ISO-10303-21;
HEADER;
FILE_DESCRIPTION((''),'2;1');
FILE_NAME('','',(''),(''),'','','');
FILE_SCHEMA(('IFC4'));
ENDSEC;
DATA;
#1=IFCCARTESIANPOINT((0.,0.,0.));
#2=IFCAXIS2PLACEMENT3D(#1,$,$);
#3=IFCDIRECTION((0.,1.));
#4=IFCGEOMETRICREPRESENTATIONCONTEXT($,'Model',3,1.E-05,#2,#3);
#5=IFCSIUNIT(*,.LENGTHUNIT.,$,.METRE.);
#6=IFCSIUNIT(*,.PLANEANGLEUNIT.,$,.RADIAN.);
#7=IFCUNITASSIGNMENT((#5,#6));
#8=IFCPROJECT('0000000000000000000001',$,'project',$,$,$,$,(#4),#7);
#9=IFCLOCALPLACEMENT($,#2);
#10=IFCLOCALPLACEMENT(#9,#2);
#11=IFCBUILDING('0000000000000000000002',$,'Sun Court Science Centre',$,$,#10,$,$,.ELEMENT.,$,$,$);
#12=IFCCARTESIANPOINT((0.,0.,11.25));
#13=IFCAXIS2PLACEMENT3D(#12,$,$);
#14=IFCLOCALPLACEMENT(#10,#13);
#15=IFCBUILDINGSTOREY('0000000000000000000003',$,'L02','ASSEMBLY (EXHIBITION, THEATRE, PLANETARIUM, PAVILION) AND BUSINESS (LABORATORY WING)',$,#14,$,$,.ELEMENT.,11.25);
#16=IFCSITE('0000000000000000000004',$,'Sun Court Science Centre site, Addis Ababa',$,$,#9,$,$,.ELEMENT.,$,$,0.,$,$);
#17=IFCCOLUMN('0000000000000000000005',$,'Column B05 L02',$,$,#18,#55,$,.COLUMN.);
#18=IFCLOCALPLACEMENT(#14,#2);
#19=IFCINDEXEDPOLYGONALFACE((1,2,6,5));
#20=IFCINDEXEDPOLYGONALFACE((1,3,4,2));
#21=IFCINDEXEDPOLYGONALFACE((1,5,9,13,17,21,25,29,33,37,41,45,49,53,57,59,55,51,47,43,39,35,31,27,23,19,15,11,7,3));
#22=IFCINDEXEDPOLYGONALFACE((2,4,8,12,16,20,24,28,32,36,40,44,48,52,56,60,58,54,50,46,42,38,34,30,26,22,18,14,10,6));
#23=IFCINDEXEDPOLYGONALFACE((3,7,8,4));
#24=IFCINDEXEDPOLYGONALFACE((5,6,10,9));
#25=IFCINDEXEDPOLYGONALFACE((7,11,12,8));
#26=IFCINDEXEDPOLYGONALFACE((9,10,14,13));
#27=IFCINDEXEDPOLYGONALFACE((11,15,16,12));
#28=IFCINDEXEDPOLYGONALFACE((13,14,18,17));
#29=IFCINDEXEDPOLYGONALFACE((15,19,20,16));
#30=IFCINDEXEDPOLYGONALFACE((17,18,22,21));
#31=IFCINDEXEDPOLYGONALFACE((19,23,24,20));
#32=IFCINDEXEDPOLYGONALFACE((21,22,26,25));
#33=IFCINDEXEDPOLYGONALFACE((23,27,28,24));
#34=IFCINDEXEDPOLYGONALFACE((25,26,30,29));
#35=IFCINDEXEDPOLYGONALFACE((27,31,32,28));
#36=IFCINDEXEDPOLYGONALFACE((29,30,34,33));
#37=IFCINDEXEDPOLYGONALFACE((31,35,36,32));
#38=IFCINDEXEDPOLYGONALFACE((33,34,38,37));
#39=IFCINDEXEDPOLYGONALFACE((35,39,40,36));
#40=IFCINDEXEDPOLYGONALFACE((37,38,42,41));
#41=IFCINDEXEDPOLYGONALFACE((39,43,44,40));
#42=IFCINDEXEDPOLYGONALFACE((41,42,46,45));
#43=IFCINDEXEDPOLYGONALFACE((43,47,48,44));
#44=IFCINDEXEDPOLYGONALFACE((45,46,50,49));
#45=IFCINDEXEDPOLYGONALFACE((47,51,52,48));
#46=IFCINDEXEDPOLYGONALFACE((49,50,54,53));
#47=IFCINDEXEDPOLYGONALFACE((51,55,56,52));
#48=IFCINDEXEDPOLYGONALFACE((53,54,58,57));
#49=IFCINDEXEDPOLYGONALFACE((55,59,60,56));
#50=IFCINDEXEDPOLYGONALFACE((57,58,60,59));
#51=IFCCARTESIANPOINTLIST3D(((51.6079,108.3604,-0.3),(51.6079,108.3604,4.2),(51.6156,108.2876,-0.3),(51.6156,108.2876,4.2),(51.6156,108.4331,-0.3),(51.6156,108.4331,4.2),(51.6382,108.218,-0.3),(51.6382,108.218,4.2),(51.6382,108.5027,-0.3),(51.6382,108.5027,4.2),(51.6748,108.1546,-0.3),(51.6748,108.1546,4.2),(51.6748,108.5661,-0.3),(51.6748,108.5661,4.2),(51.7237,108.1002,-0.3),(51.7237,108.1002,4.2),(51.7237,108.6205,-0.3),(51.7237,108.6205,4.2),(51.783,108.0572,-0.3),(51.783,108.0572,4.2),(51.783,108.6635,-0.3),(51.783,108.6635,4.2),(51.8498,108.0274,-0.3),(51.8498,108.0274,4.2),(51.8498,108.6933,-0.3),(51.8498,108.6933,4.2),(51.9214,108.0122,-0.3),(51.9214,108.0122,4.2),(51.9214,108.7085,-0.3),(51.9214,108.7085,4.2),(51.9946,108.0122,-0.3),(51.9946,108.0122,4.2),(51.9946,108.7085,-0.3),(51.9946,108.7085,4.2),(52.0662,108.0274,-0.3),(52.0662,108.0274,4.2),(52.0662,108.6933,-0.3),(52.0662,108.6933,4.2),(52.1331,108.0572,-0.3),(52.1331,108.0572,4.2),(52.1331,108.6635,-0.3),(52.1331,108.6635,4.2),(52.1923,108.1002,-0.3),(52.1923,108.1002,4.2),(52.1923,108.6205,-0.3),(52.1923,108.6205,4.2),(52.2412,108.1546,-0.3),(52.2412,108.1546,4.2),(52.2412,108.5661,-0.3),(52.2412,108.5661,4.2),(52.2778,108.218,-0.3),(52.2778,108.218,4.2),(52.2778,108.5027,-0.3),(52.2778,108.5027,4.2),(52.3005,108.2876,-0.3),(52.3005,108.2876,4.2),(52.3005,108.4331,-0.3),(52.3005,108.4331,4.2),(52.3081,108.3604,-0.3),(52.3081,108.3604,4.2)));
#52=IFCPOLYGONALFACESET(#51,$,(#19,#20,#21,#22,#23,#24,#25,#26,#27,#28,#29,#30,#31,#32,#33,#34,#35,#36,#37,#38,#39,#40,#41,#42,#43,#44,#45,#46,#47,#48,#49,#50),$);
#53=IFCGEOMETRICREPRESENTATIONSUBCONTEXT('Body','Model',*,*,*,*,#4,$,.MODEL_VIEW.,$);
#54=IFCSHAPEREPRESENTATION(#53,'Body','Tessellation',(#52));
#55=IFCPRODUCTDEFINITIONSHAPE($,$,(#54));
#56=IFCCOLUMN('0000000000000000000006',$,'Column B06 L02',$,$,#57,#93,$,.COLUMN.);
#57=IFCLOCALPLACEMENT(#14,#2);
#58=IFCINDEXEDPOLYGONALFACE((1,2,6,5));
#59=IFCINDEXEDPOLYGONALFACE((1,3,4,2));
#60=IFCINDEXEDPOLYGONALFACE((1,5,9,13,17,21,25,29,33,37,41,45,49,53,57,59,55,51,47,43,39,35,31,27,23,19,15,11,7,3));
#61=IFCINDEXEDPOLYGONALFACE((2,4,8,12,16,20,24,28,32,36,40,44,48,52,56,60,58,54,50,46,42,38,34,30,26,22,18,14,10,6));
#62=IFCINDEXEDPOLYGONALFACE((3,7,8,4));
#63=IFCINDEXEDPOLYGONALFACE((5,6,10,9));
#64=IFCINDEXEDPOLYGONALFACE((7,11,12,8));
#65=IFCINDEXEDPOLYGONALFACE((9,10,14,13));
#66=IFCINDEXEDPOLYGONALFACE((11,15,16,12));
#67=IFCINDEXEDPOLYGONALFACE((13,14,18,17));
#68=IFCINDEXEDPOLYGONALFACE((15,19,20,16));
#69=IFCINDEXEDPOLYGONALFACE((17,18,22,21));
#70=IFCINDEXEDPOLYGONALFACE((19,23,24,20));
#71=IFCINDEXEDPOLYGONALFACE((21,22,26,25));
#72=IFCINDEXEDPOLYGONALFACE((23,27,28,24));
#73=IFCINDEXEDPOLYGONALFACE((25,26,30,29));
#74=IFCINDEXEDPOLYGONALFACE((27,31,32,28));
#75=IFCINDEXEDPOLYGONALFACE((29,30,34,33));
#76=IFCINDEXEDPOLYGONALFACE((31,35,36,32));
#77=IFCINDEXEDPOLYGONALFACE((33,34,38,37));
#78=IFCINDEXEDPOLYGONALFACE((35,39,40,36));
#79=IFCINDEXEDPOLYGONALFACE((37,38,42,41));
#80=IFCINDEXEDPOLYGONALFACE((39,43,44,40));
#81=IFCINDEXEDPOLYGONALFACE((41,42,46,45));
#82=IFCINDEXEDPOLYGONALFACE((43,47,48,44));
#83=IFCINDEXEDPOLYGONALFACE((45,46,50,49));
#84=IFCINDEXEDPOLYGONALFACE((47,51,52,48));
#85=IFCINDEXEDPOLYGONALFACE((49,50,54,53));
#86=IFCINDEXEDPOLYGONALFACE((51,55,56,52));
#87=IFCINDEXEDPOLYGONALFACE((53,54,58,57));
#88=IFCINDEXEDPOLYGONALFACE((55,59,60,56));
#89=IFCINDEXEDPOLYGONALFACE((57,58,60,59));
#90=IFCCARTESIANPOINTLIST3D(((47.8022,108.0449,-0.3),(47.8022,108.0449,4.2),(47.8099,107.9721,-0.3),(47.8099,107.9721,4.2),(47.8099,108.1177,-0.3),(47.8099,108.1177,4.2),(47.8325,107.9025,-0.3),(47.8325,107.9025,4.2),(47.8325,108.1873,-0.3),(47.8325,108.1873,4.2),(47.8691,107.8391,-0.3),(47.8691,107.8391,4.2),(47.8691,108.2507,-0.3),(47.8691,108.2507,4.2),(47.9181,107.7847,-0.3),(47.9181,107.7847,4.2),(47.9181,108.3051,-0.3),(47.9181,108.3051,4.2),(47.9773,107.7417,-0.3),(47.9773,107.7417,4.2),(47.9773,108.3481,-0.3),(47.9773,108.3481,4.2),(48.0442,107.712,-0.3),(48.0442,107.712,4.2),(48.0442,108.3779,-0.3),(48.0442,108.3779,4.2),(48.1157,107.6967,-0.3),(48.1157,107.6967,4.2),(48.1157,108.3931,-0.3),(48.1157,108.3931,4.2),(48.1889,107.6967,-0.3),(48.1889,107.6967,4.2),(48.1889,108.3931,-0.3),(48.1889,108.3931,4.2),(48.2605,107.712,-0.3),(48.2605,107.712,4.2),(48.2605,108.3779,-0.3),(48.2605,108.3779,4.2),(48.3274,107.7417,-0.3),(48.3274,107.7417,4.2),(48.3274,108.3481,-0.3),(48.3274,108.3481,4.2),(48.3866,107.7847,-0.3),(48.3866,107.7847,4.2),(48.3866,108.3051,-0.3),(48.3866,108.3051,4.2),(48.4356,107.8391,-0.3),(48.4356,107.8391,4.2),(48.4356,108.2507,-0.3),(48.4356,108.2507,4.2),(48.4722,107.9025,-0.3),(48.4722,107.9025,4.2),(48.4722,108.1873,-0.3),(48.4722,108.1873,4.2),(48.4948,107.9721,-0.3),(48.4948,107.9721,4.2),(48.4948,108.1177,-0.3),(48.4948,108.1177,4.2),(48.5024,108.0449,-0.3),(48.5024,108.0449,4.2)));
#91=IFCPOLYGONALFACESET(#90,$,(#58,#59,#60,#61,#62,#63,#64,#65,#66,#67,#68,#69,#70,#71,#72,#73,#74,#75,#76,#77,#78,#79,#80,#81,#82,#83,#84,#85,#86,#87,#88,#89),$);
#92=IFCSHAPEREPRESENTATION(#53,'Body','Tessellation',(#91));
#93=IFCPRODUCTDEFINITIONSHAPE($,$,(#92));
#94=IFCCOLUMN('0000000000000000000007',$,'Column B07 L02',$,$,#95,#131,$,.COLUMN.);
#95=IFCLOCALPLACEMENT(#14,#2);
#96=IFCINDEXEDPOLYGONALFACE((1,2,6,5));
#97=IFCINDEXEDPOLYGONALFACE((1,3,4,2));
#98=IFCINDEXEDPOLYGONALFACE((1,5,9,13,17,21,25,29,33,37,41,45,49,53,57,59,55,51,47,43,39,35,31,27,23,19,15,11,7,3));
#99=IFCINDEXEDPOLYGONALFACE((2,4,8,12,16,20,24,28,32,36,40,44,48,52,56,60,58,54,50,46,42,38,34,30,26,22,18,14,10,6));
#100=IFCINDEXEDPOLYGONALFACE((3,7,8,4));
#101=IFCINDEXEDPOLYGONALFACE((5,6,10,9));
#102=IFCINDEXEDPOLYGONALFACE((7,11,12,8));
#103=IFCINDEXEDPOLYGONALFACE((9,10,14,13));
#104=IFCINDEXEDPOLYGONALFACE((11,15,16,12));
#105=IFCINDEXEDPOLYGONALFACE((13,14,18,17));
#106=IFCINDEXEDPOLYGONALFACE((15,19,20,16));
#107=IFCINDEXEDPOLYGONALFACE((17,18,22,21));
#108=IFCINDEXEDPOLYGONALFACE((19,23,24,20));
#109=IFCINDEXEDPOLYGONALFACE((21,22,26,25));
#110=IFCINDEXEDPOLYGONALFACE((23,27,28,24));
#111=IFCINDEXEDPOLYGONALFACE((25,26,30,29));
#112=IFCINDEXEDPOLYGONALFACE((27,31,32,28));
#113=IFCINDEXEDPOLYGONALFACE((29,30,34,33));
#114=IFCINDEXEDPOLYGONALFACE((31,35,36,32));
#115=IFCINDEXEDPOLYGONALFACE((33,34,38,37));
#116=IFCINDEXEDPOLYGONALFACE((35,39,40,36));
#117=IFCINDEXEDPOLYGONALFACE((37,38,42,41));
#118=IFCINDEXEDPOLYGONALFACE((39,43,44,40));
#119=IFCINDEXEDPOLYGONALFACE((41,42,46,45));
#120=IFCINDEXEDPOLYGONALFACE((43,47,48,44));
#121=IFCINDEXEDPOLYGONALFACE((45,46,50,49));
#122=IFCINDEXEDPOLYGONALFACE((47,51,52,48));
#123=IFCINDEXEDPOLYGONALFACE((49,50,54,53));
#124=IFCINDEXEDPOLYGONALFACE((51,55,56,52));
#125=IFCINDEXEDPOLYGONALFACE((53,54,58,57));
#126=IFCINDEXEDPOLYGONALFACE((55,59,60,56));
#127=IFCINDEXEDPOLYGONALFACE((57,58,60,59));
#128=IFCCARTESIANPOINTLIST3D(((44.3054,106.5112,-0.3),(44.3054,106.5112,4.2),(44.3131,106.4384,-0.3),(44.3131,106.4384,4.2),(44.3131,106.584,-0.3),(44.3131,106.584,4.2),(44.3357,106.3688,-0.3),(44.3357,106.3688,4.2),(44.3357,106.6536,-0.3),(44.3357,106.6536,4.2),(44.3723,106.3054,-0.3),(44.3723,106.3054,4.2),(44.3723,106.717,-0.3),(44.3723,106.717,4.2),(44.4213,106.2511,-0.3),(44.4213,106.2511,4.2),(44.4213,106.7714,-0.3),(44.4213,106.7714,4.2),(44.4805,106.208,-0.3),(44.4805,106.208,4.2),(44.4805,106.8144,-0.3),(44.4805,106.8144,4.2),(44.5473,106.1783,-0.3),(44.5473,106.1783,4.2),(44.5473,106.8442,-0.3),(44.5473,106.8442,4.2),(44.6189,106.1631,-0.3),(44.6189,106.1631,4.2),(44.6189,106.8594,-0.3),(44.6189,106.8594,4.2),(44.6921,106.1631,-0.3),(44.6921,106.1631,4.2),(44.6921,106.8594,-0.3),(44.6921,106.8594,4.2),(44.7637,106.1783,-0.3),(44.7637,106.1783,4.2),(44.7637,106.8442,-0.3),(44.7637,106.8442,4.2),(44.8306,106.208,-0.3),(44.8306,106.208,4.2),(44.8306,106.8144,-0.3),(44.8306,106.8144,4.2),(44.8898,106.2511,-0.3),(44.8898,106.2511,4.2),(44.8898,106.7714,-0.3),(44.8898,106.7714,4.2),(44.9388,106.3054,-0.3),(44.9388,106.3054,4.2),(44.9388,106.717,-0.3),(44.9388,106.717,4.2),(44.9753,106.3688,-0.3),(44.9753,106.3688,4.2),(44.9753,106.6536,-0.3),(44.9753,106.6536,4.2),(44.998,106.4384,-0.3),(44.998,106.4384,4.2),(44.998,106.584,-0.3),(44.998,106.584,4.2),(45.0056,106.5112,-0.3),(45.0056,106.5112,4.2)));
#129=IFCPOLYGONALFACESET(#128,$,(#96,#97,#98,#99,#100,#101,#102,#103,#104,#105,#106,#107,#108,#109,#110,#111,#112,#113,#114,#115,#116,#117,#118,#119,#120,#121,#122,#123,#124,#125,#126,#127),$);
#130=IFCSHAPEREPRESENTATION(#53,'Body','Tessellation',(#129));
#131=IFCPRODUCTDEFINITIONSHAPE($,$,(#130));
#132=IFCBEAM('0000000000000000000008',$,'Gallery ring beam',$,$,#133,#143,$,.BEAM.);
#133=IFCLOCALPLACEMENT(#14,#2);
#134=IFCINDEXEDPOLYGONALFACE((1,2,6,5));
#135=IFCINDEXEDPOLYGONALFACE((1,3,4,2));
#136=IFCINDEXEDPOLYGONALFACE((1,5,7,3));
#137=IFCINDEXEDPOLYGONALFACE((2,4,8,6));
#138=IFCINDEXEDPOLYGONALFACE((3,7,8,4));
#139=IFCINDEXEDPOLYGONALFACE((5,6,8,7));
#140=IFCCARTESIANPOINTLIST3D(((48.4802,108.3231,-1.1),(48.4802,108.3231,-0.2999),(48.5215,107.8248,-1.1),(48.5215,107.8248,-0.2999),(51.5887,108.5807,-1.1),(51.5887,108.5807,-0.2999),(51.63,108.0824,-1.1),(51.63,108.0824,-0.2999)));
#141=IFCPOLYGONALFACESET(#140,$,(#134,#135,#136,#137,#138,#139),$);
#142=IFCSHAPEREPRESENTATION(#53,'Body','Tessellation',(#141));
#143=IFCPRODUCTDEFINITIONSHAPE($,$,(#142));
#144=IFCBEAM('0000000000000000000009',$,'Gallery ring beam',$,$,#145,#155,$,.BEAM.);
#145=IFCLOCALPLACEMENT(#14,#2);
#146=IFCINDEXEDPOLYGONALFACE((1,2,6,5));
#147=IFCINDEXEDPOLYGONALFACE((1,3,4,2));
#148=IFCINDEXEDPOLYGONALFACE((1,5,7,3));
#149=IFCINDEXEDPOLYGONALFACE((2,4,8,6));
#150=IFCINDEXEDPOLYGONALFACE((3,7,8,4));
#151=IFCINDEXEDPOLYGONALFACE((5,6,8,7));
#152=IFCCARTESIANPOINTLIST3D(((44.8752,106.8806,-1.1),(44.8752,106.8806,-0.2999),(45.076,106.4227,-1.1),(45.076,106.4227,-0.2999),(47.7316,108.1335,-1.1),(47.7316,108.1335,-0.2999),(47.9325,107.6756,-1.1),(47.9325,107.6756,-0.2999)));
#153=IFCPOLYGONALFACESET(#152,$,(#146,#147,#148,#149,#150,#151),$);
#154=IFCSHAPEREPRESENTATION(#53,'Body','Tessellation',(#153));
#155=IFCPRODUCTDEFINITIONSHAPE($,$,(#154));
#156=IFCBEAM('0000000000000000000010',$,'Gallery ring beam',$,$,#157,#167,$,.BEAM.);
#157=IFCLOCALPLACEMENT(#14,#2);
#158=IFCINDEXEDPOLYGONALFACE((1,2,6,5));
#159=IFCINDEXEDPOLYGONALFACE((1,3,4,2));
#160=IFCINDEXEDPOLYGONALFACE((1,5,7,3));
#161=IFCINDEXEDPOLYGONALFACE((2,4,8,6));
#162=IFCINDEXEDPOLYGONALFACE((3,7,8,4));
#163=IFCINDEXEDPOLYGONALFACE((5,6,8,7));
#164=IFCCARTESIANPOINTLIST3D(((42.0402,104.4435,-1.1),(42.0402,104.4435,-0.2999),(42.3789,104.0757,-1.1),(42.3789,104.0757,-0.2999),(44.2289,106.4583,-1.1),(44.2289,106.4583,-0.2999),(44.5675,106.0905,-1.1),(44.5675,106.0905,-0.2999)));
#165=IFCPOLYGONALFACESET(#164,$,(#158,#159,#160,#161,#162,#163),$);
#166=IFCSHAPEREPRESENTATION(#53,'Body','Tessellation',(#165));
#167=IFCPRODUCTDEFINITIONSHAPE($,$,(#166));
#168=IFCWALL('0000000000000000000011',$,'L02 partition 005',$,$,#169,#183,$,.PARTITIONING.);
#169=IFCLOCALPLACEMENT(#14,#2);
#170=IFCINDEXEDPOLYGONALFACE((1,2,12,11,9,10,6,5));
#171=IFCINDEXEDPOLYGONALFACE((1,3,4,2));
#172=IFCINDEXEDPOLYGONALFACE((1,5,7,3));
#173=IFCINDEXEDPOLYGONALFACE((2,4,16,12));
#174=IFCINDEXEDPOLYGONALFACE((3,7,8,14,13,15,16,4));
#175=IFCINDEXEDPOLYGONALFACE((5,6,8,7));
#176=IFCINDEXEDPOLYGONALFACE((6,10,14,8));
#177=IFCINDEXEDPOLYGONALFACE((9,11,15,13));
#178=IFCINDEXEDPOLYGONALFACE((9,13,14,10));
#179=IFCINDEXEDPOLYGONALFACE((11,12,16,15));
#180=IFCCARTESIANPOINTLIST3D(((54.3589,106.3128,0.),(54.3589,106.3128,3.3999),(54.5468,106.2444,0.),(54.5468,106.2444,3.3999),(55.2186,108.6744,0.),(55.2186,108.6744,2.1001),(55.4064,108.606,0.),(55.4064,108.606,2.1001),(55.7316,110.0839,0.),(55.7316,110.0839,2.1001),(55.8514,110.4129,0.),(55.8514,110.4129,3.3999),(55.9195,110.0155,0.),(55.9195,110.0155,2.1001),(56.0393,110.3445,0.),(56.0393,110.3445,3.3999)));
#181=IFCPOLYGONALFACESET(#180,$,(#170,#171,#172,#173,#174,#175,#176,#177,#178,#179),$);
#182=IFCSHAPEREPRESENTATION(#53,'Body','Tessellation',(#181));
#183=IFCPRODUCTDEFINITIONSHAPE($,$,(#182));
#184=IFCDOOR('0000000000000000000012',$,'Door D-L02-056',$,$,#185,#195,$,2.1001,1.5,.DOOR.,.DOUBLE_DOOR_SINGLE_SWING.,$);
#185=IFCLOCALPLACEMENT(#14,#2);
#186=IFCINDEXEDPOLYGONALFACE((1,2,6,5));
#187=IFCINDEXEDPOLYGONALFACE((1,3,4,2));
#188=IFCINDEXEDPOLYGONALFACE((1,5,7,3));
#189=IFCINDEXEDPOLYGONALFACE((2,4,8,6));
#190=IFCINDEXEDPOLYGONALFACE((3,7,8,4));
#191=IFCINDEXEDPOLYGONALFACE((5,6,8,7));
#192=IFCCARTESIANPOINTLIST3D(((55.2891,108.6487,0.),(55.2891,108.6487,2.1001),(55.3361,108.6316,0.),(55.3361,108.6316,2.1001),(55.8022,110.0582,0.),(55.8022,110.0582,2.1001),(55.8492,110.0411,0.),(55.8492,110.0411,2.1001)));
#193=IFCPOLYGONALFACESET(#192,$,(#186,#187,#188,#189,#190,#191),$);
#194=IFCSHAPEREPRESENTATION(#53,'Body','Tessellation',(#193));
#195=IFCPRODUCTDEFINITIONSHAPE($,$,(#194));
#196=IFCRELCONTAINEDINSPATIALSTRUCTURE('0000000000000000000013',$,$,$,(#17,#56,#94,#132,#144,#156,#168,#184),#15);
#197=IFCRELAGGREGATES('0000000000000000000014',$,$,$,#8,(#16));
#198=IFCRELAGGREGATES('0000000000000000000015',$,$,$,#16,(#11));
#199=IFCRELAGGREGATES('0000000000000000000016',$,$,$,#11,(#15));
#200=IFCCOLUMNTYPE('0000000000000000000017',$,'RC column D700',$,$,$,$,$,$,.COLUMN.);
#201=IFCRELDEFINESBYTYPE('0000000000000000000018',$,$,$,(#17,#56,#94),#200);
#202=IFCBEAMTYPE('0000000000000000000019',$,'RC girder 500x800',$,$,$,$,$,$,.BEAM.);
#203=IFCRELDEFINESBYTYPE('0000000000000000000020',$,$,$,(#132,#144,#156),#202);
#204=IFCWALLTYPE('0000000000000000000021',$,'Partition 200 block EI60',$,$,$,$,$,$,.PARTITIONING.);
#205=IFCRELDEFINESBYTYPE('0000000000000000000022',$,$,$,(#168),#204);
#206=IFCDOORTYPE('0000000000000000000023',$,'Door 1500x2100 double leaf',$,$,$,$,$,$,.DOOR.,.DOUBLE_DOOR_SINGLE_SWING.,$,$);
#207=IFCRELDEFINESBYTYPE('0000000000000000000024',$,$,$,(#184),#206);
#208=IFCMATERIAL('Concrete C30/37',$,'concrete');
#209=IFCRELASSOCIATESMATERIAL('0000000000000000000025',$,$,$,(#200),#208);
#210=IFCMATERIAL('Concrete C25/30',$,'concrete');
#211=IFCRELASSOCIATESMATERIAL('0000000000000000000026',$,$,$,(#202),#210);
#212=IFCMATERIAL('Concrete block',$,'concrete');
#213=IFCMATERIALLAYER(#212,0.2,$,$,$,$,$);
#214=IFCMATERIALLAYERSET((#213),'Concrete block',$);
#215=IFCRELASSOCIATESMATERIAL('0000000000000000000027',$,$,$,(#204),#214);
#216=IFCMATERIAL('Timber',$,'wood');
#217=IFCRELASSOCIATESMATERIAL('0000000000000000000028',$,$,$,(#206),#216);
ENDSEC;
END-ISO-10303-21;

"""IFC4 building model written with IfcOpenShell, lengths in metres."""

from ifc_helpers import new_model, si_unit, direction, frame, frame_2d, origin, origin_2d, place, context, subcontext, project, spatial, rectangle, circle, extrude, material, layer, layer_set, material_profile, profile_set, type_object, element, fill, save


model = new_model("IFC4")

# Units and contexts
model_context = context("Model", 3, precision=1e-05, world=origin(), true_north=direction((0.0, 1.0)))
body_context = subcontext(model_context, "Body", "Model", "MODEL_VIEW")
ifc_project = project(units=[si_unit("LENGTHUNIT", "METRE"), si_unit("PLANEANGLEUNIT", "RADIAN")], contexts=[model_context])

# Site, building, storey
site_placement = place(None, origin())
site = spatial("IfcSite", under=ifc_project, at=site_placement, Name="Sun Court Science Centre site, Addis Ababa", CompositionType="ELEMENT", RefElevation=0.0)
building_placement = place(site_placement, origin())
building = spatial("IfcBuilding", under=site, at=building_placement, Name="Sun Court Science Centre", CompositionType="ELEMENT")
storey_placement = place(building_placement, frame((0.0, 0.0, 11.25)))
storey = spatial("IfcBuildingStorey", under=building, at=storey_placement, Name="L02", Description="ASSEMBLY (EXHIBITION, THEATRE, PLANETARIUM, PAVILION) AND BUSINESS (LABORATORY WING)", CompositionType="ELEMENT", Elevation=11.25)

# Columns
ifc_material_1 = material(Name="Concrete C30/37", Category="concrete")
ifc_material_profile_1 = material_profile(ifc_material_1, circle(Radius=0.3501, at=origin_2d()), Name="RC D700")
ifc_profile_set_1 = profile_set([ifc_material_profile_1], Name="Concrete C30/37")
column_type = type_object("IfcColumnType", Name="RC column D700", PredefinedType="COLUMN", material=ifc_profile_set_1)
for number, where, z_axis, x_axis, name in (
    (1, (51.958, 108.3604, -0.3), (0.0, 0.0, 1.0), (1.0, 0.0, 0.0), "Column B05 L02"),
    (2, (48.1523, 108.0449, -0.3), (0.0, 0.0, 1.0), (1.0, 0.0, 0.0), "Column B06 L02"),
    (3, (44.6555, 106.5112, -0.3), (0.0, 0.0, 1.0), (1.0, 0.0, 0.0), "Column B07 L02"),
):
    element("IfcColumn", number, at=place(storey_placement, frame(where, z_axis=z_axis, x_axis=x_axis)), inside=storey, type_object=column_type, Name=name, PredefinedType="COLUMN", context=body_context, shape_type="SweptSolid", body=[
        extrude(circle(Radius=0.3501, at=origin_2d()), origin(), (0.0, 0.0, 1.0), 4.5),
    ])

# Beams
ifc_material_2 = material(Name="Concrete C25/30", Category="concrete")
ifc_material_profile_2 = material_profile(ifc_material_2, rectangle(XDim=0.5, YDim=0.8, at=origin_2d()), Name="RC 500x800")
ifc_profile_set_2 = profile_set([ifc_material_profile_2], Name="Concrete C25/30")
beam_type = type_object("IfcBeamType", Name="RC girder 500x800", PredefinedType="BEAM", material=ifc_profile_set_2)
for number, where, z_axis, x_axis, name in (
    (4, (51.6094, 108.3315, -0.7), (-0.996585, -0.082579, 0.0), (0.082579, -0.996585, 0.0), "Gallery ring beam"),
    (5, (47.832, 107.9045, -0.7), (-0.915776, -0.401689, 0.0), (0.401689, -0.915776, 0.0), "Gallery ring beam"),
):
    element("IfcBeam", number, at=place(storey_placement, frame(where, z_axis=z_axis, x_axis=x_axis)), inside=storey, type_object=beam_type, Name=name, PredefinedType="BEAM", context=body_context, shape_type="SweptSolid", body=[
        extrude(rectangle(XDim=0.5, YDim=0.8, at=origin_2d()), origin(), (0.0, 0.0, 1.0), 3.1191),
    ])
beam_placement = place(storey_placement, frame((44.3982, 106.2744, -0.7), z_axis=(-0.735718, -0.677288, 0.0), x_axis=(0.677288, -0.735718, 0.0)))
element("IfcBeam", 6, at=beam_placement, inside=storey, type_object=beam_type, Name="Gallery ring beam", PredefinedType="BEAM", context=body_context, shape_type="SweptSolid", body=[
    extrude(rectangle(XDim=0.5, YDim=0.8, at=origin_2d()), origin(), (0.0, 0.0, 1.0), 2.9749),
])

# Wall, opening, door
ifc_material_3 = material(Name="Concrete block", Category="concrete")
ifc_layer_1 = layer(ifc_material_3, 0.2)
ifc_layer_set_1 = layer_set([ifc_layer_1], Name="Concrete block")
wall_type_1 = type_object("IfcWallType", Name="Partition 200 block EI60", PredefinedType="PARTITIONING", material=ifc_layer_set_1)
wall_1_placement = place(storey_placement, frame((54.4529, 106.2786, 0.0), z_axis=(0.0, 0.0, 1.0), x_axis=(0.342044, 0.939684, 0.0)))
wall_1 = element("IfcWall", 7, at=wall_1_placement, inside=storey, type_object=wall_type_1, Name="L02 partition 005", PredefinedType="PARTITIONING", context=body_context, shape_type="SweptSolid", body=[
    extrude(rectangle(XDim=4.3633, YDim=0.2, at=frame_2d((2.1816, 0.0))), origin(), (0.0, 0.0, 1.0), 3.3999),
])
opening_1_placement = place(wall_1_placement, frame((2.5132, 0.0, 0.0)))
opening_1 = element("IfcOpeningElement", 8, at=opening_1_placement, cuts=wall_1, PredefinedType="OPENING", context=body_context, shape_type="SweptSolid", body=[
    extrude(rectangle(XDim=1.5, YDim=2.1001, at=frame_2d((0.75, 1.05))), frame((0.0, 0.1099, 0.0), z_axis=(0.0, -1.0, 0.0), x_axis=(1.0, 0.0, 0.0)), (0.0, 0.0, 1.0), 0.22),
])
ifc_material_4 = material(Name="Timber", Category="wood")
door_type_1 = type_object("IfcDoorType", Name="Door 1500x2100 double leaf", OperationType="DOUBLE_DOOR_SINGLE_SWING", PredefinedType="DOOR", material=ifc_material_4)
door_1_placement = place(opening_1_placement, origin())
door_1 = element("IfcDoor", 9, at=door_1_placement, inside=storey, type_object=door_type_1, Name="Door D-L02-056", OperationType="DOUBLE_DOOR_SINGLE_SWING", OverallHeight=2.1001, OverallWidth=1.5, PredefinedType="DOOR", context=body_context, shape_type="SweptSolid", body=[
    extrude(rectangle(XDim=1.5, YDim=2.1001, at=frame_2d((0.75, 1.05))), frame((0.0, 0.0249, 0.0), z_axis=(0.0, -1.0, 0.0), x_axis=(1.0, 0.0, 0.0)), (0.0, 0.0, 1.0), 0.05),
])
fill(opening_1, door_1)

save(model, "model.ifc")
